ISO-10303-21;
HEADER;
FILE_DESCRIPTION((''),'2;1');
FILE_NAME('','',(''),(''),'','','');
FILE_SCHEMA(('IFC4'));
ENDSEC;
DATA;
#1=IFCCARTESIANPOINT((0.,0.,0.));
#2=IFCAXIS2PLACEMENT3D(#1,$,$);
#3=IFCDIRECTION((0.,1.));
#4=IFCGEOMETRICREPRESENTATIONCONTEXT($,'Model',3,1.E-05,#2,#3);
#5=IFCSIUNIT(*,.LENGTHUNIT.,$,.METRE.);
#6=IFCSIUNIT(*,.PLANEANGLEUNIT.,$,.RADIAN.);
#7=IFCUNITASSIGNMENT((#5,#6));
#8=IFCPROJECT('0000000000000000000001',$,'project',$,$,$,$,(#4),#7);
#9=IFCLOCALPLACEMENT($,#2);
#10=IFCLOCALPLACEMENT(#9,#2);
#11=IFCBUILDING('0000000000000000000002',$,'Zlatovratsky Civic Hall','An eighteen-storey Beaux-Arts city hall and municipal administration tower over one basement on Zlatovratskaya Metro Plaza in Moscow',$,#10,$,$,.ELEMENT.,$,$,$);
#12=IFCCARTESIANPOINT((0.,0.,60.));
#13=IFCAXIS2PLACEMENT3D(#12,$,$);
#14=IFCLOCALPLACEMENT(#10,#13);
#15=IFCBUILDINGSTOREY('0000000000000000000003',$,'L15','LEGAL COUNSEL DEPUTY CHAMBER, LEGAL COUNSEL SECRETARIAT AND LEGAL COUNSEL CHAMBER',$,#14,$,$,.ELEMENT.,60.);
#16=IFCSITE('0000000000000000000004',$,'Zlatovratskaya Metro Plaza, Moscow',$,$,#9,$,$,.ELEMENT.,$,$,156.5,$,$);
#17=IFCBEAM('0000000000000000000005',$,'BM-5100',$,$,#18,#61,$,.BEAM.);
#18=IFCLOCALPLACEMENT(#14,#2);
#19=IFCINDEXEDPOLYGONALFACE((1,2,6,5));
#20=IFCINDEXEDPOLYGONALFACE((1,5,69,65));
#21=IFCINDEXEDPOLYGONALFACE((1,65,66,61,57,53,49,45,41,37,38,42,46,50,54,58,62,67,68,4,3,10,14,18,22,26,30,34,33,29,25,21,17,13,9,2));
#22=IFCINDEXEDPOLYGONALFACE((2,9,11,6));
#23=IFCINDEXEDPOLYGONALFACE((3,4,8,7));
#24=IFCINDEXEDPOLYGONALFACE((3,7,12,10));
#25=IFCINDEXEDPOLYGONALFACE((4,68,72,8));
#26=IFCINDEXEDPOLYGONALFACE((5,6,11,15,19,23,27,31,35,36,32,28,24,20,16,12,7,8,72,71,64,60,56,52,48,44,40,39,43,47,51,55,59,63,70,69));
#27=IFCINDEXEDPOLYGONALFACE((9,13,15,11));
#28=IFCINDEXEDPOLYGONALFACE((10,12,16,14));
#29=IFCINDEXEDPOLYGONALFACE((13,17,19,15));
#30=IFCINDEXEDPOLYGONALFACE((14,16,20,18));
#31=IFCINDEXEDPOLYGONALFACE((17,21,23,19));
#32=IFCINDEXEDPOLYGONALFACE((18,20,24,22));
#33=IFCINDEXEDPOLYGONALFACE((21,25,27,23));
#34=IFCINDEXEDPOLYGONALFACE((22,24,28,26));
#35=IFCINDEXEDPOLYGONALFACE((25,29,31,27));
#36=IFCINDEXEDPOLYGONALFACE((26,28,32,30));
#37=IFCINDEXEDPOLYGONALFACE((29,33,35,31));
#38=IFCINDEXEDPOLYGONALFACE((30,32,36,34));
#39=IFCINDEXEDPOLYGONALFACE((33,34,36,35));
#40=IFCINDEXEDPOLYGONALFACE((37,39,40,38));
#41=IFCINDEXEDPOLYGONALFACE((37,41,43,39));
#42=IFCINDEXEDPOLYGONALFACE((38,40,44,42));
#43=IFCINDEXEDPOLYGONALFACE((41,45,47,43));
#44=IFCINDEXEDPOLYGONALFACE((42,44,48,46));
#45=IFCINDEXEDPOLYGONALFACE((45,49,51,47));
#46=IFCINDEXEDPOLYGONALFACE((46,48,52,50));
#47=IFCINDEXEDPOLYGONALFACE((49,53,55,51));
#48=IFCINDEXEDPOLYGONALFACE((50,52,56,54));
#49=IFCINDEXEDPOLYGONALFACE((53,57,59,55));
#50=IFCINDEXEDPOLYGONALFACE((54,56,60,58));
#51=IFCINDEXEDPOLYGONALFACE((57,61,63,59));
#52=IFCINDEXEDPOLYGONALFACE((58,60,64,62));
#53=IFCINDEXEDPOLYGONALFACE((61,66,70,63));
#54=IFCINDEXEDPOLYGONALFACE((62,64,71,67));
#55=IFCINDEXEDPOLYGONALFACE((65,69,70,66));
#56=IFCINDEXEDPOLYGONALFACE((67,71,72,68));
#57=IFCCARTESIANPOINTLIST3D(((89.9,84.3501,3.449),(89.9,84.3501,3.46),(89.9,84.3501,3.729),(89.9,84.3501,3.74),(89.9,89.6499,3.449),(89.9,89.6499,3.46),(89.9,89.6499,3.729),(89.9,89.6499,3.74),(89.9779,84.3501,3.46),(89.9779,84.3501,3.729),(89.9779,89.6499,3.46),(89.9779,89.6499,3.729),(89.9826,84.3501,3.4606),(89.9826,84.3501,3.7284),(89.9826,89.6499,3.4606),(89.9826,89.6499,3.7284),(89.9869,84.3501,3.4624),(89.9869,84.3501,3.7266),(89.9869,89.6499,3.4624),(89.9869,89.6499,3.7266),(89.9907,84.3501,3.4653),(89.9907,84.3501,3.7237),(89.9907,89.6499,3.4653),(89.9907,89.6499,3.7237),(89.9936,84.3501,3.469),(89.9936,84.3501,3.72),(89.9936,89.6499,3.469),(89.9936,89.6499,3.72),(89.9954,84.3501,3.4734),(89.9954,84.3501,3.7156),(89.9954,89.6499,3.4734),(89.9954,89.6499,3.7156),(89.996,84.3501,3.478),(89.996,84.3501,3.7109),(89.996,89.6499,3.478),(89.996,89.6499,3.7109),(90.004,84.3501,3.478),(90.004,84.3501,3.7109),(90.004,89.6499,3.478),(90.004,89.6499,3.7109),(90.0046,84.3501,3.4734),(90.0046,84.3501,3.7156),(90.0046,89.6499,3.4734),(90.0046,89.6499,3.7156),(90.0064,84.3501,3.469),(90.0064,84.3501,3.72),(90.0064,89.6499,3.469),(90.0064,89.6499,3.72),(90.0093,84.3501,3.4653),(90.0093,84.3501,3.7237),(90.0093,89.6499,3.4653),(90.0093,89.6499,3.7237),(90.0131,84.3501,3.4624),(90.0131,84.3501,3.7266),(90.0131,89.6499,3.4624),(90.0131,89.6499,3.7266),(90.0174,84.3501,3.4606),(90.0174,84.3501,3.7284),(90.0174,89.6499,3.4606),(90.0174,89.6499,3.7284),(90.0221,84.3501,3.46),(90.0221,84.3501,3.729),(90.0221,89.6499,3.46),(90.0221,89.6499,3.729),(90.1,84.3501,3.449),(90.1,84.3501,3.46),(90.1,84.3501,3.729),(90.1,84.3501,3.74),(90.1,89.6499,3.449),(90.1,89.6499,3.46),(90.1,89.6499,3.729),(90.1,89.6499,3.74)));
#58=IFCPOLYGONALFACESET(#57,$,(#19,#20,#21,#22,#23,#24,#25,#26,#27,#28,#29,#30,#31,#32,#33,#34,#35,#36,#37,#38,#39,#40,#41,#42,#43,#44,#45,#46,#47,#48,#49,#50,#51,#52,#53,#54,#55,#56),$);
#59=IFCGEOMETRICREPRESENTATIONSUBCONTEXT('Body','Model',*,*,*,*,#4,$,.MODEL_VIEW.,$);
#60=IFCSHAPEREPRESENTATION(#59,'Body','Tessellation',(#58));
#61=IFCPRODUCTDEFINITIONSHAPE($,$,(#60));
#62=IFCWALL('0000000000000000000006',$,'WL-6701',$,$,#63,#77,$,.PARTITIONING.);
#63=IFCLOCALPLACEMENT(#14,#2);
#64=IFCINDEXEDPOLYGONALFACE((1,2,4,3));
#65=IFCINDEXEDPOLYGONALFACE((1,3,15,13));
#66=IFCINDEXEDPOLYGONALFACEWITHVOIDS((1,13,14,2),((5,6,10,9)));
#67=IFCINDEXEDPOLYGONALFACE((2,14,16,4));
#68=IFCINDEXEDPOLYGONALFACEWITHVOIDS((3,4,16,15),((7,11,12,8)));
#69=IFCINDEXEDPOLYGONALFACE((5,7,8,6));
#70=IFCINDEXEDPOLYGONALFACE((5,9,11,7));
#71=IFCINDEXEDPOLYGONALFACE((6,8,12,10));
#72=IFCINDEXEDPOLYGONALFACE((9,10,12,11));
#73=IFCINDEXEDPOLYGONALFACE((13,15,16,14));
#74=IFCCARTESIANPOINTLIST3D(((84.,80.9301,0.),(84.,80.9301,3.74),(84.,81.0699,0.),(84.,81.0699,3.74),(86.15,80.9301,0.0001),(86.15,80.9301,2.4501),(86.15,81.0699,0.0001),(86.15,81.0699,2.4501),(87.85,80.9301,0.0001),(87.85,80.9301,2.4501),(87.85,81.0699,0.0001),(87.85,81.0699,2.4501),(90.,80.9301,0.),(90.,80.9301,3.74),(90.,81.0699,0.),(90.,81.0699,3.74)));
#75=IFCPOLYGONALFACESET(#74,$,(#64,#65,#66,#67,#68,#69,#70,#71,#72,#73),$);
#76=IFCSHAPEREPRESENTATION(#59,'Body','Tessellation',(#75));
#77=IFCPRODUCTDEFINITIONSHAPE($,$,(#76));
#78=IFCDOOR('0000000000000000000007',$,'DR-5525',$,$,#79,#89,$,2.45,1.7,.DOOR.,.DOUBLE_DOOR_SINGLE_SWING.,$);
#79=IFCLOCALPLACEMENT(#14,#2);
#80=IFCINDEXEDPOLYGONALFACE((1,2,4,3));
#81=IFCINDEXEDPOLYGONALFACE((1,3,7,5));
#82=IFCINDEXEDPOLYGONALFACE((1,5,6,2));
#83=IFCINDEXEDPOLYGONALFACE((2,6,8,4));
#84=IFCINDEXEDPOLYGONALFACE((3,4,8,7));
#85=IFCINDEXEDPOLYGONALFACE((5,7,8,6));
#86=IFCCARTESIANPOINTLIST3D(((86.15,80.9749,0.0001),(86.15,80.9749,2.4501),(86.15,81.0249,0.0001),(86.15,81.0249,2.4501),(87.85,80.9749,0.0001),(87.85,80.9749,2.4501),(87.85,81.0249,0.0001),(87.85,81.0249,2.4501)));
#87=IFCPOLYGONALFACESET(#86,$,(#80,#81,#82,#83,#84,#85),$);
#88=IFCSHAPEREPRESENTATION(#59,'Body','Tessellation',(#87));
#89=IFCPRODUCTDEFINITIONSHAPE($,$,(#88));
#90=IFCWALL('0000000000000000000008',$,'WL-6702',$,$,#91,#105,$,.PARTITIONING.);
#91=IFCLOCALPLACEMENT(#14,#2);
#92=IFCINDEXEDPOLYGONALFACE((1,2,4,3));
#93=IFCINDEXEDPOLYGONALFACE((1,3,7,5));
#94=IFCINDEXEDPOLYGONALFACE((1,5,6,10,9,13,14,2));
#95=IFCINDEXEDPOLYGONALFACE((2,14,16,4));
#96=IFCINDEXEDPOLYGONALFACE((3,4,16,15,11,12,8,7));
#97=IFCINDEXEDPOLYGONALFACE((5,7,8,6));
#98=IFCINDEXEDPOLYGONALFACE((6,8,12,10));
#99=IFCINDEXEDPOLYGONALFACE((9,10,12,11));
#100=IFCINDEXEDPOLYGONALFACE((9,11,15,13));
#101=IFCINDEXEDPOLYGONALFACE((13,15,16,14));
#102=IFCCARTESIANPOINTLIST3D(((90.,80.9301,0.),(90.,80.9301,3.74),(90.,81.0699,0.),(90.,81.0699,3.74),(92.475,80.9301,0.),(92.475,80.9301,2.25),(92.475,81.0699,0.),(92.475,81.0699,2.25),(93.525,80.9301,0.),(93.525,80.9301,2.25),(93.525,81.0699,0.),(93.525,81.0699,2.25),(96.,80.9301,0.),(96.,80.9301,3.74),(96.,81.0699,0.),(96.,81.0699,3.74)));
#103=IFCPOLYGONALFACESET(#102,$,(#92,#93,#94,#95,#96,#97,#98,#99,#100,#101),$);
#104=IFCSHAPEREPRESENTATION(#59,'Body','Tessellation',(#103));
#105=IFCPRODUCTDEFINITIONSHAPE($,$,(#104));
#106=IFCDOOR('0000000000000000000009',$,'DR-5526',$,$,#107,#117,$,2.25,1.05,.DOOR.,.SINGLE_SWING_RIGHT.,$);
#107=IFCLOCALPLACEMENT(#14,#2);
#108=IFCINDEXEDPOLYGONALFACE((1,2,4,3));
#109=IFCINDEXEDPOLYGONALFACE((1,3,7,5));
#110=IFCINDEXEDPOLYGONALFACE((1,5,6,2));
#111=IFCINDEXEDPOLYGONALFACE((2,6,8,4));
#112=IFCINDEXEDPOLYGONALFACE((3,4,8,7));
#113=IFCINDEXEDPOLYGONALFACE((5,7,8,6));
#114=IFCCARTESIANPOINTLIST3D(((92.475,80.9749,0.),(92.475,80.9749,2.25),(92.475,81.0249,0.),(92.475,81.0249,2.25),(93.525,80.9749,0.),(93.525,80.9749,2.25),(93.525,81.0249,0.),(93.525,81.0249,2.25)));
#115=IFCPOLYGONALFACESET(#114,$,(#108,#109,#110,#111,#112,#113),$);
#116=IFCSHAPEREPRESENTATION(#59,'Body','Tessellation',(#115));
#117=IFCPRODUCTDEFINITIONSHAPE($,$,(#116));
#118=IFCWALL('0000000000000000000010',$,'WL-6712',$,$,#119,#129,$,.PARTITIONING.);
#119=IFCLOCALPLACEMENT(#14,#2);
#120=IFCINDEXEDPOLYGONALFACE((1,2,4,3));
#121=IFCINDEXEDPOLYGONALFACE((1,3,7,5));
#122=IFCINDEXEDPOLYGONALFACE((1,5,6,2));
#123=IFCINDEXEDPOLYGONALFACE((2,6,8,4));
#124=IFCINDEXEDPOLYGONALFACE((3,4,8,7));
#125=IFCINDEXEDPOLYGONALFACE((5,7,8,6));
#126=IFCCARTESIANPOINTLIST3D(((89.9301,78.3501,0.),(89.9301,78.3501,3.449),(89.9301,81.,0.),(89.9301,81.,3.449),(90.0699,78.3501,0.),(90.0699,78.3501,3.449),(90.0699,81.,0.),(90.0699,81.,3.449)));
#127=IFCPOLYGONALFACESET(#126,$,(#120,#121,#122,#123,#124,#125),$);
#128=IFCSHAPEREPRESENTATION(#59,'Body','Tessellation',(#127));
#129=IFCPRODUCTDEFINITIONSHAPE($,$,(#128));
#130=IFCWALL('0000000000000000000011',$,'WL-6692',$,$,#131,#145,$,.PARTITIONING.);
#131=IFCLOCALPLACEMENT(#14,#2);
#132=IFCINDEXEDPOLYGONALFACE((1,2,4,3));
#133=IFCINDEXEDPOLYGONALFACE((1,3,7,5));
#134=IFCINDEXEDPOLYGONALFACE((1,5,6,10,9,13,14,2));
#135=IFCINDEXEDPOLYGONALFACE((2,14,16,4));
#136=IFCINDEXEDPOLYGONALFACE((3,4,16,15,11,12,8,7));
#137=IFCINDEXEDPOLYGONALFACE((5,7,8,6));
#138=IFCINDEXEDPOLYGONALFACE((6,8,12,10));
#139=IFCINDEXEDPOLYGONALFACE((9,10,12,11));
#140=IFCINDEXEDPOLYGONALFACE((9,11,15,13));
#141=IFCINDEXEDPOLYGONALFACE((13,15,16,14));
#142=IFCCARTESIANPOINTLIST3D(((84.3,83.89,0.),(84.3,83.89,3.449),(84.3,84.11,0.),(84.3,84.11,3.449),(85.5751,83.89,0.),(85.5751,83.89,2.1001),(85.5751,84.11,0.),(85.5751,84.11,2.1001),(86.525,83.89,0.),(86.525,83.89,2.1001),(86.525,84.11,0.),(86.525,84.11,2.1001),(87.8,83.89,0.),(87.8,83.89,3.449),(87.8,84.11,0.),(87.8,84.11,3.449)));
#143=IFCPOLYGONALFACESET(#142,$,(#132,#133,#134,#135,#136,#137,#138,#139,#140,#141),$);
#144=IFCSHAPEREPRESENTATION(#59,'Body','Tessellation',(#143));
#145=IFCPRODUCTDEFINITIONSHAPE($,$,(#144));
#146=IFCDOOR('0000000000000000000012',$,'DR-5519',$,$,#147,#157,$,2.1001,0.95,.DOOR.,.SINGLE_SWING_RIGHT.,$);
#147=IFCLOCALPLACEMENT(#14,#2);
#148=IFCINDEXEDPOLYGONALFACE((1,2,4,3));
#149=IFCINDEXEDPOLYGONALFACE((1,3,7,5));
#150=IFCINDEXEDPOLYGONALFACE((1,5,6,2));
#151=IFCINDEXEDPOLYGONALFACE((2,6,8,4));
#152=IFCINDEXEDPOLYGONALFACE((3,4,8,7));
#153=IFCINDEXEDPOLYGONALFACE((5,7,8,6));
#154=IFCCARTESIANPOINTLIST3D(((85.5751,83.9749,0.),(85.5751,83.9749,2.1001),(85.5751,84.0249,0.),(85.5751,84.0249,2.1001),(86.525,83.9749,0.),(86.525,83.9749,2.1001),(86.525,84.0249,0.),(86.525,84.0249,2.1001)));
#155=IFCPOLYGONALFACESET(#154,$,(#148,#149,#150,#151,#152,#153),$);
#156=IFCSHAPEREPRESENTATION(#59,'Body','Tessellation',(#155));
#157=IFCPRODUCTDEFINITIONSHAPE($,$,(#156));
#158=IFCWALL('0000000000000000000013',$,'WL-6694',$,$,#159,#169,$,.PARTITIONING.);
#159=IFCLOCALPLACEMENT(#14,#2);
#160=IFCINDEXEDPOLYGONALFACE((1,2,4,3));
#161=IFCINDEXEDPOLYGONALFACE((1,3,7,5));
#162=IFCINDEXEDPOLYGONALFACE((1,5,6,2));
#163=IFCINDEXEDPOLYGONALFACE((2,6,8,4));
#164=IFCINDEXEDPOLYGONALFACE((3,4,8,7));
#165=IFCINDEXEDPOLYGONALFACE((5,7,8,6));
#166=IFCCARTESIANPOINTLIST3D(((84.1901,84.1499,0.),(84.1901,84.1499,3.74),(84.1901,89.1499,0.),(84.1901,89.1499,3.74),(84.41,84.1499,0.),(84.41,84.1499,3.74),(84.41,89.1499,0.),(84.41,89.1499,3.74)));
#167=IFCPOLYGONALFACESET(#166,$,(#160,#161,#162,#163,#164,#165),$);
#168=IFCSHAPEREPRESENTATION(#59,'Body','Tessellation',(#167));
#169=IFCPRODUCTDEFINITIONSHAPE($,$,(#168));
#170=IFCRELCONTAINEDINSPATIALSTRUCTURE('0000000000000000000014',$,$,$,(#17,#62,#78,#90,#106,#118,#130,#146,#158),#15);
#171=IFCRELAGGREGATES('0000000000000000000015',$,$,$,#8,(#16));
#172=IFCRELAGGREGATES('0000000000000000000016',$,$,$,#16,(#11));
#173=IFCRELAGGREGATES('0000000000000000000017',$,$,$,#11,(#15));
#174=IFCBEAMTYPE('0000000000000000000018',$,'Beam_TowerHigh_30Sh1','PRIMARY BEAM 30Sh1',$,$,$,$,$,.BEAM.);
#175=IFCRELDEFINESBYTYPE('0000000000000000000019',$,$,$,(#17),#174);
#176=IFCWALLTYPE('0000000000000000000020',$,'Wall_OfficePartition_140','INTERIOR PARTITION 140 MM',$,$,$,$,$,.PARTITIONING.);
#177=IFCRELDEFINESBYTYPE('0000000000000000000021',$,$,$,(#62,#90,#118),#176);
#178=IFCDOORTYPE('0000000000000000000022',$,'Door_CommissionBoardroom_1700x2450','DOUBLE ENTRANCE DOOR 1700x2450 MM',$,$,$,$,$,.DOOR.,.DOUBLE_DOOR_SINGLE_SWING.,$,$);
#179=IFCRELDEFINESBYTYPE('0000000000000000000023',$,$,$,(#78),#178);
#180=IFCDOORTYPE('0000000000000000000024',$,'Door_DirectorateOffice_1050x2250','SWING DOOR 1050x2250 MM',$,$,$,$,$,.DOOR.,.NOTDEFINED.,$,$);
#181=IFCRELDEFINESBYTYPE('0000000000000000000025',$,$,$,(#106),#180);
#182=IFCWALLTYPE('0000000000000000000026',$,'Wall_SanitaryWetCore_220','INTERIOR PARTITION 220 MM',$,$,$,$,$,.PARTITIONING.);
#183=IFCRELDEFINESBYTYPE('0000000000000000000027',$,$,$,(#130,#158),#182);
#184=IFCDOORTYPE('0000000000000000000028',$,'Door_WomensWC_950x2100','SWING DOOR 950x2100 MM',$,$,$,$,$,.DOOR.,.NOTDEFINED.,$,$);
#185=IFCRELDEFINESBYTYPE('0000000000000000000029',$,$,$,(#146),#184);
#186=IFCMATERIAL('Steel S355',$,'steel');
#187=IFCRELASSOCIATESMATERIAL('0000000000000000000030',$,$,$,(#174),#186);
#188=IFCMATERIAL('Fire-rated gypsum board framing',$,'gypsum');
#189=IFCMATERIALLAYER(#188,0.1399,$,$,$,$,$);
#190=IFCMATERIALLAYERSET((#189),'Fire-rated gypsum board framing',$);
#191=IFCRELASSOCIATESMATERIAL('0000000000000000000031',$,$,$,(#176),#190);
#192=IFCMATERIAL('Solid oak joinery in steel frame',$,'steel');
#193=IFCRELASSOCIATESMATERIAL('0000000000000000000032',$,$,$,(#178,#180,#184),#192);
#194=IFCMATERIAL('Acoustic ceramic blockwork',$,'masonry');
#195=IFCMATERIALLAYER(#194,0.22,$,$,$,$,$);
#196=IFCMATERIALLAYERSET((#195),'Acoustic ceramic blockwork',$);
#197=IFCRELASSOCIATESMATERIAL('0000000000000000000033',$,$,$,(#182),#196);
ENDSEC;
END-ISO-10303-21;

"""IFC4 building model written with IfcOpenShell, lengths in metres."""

from ifc_helpers import new_model, si_unit, direction, frame, frame_2d, origin, origin_2d, place, context, subcontext, project, spatial, rectangle, i_section, extrude, material, layer, layer_set, material_profile, profile_set, type_object, element, fill, save


model = new_model("IFC4")

# Units and contexts
model_context = context("Model", 3, precision=1e-05, world=origin(), true_north=direction((0.0, 1.0)))
body_context = subcontext(model_context, "Body", "Model", "MODEL_VIEW")
ifc_project = project(units=[si_unit("LENGTHUNIT", "METRE"), si_unit("PLANEANGLEUNIT", "RADIAN")], contexts=[model_context])

# Site, building, storey
site_placement = place(None, origin())
site = spatial("IfcSite", under=ifc_project, at=site_placement, Name="Zlatovratskaya Metro Plaza, Moscow", CompositionType="ELEMENT", RefElevation=156.5)
building_placement = place(site_placement, origin())
building = spatial("IfcBuilding", under=site, at=building_placement, Name="Zlatovratsky Civic Hall", Description="An eighteen-storey Beaux-Arts city hall and municipal administration tower over one basement on Zlatovratskaya Metro Plaza in Moscow", CompositionType="ELEMENT")
storey_placement = place(building_placement, frame((0.0, 0.0, 60.0)))
storey = spatial("IfcBuildingStorey", under=building, at=storey_placement, Name="L15", Description="LEGAL COUNSEL DEPUTY CHAMBER, LEGAL COUNSEL SECRETARIAT AND LEGAL COUNSEL CHAMBER", CompositionType="ELEMENT", Elevation=60.0)

# Beam
ifc_material_1 = material(Name="Steel S355", Category="steel")
ifc_material_profile_1 = material_profile(ifc_material_1, i_section(OverallWidth=0.2, OverallDepth=0.291, WebThickness=0.0081, FlangeThickness=0.011, FilletRadius=0.0181, at=origin_2d()), Name="30Sh1")
ifc_profile_set_1 = profile_set([ifc_material_profile_1], Name="Steel S355")
beam_type_1 = type_object("IfcBeamType", Name="Beam_TowerHigh_30Sh1", Description="PRIMARY BEAM 30Sh1", PredefinedType="BEAM", material=ifc_profile_set_1)
for number, where, z_axis, x_axis, name in (
    (1, (90.0, 84.3501, 3.5945), (0.0, 1.0, 0.0), (-1.0, 0.0, 0.0), "BM-5100"),
):
    element("IfcBeam", number, at=place(storey_placement, frame(where, z_axis=z_axis, x_axis=x_axis)), inside=storey, type_object=beam_type_1, Name=name, PredefinedType="BEAM", context=body_context, shape_type="SweptSolid", body=[
        extrude(i_section(OverallWidth=0.2, OverallDepth=0.291, WebThickness=0.0081, FlangeThickness=0.011, FilletRadius=0.0181, at=origin_2d()), origin(), (0.0, 0.0, 1.0), 5.2998),
    ])

# Walls, openings, doors
ifc_material_2 = material(Name="Fire-rated gypsum board framing", Category="gypsum")
ifc_layer_1 = layer(ifc_material_2, 0.1399)
ifc_layer_set_1 = layer_set([ifc_layer_1], Name="Fire-rated gypsum board framing")
wall_type_1 = type_object("IfcWallType", Name="Wall_OfficePartition_140", Description="INTERIOR PARTITION 140 MM", PredefinedType="PARTITIONING", material=ifc_layer_set_1)
wall_1_placement = place(storey_placement, frame((84.0, 81.0, 0.0), z_axis=(0.0, 0.0, 1.0), x_axis=(1.0, 0.0, 0.0)))
wall_1 = element("IfcWall", 2, at=wall_1_placement, inside=storey, type_object=wall_type_1, Name="WL-6701", PredefinedType="PARTITIONING", context=body_context, shape_type="SweptSolid", body=[
    extrude(rectangle(XDim=6.0, YDim=0.1399, at=frame_2d((3.0, 0.0))), origin(), (0.0, 0.0, 1.0), 3.74),
])
opening_1_placement = place(wall_1_placement, frame((2.1499, 0.0, 0.0)))
opening_1 = element("IfcOpeningElement", 3, at=opening_1_placement, cuts=wall_1, PredefinedType="OPENING", context=body_context, shape_type="SweptSolid", body=[
    extrude(rectangle(XDim=1.7, YDim=2.45, at=frame_2d((0.8501, 1.2251))), frame((0.0, 0.085, 0.0), z_axis=(0.0, -1.0, 0.0), x_axis=(1.0, 0.0, 0.0)), (0.0, 0.0, 1.0), 0.1697),
])
ifc_material_3 = material(Name="Solid oak joinery in steel frame", Category="steel")
door_type_1 = type_object("IfcDoorType", Name="Door_CommissionBoardroom_1700x2450", Description="DOUBLE ENTRANCE DOOR 1700x2450 MM", OperationType="DOUBLE_DOOR_SINGLE_SWING", PredefinedType="DOOR", material=ifc_material_3)
door_1_placement = place(opening_1_placement, origin())
door_1 = element("IfcDoor", 4, at=door_1_placement, inside=storey, type_object=door_type_1, Name="DR-5525", OperationType="DOUBLE_DOOR_SINGLE_SWING", OverallHeight=2.45, OverallWidth=1.7, PredefinedType="DOOR", context=body_context, shape_type="SweptSolid", body=[
    extrude(rectangle(XDim=1.7, YDim=2.45, at=frame_2d((0.8501, 1.2251))), frame((0.0, 0.0249, 0.0), z_axis=(0.0, -1.0, 0.0), x_axis=(1.0, 0.0, 0.0)), (0.0, 0.0, 1.0), 0.05),
])
fill(opening_1, door_1)
wall_2_placement = place(storey_placement, frame((90.0, 81.0, 0.0), z_axis=(0.0, 0.0, 1.0), x_axis=(1.0, 0.0, 0.0)))
wall_2 = element("IfcWall", 5, at=wall_2_placement, inside=storey, type_object=wall_type_1, Name="WL-6702", PredefinedType="PARTITIONING", context=body_context, shape_type="SweptSolid", body=[
    extrude(rectangle(XDim=6.0, YDim=0.1399, at=frame_2d((3.0, 0.0))), origin(), (0.0, 0.0, 1.0), 3.74),
])
opening_2_placement = place(wall_2_placement, frame((2.4751, 0.0, 0.0)))
opening_2 = element("IfcOpeningElement", 6, at=opening_2_placement, cuts=wall_2, PredefinedType="OPENING", context=body_context, shape_type="SweptSolid", body=[
    extrude(rectangle(XDim=1.05, YDim=2.25, at=frame_2d((0.5249, 1.125))), frame((0.0, 0.085, 0.0), z_axis=(0.0, -1.0, 0.0), x_axis=(1.0, 0.0, 0.0)), (0.0, 0.0, 1.0), 0.1697),
])
door_type_2 = type_object("IfcDoorType", Name="Door_DirectorateOffice_1050x2250", Description="SWING DOOR 1050x2250 MM", OperationType="NOTDEFINED", PredefinedType="DOOR", material=ifc_material_3)
door_2_placement = place(opening_2_placement, origin())
door_2 = element("IfcDoor", 7, at=door_2_placement, inside=storey, type_object=door_type_2, Name="DR-5526", OperationType="SINGLE_SWING_RIGHT", OverallHeight=2.25, OverallWidth=1.05, PredefinedType="DOOR", context=body_context, shape_type="SweptSolid", body=[
    extrude(rectangle(XDim=1.05, YDim=2.25, at=frame_2d((0.5249, 1.125))), frame((0.0, 0.0249, 0.0), z_axis=(0.0, -1.0, 0.0), x_axis=(1.0, 0.0, 0.0)), (0.0, 0.0, 1.0), 0.05),
])
fill(opening_2, door_2)

# Wall
wall_3_placement = place(storey_placement, frame((90.0, 78.3501, 0.0), z_axis=(0.0, 0.0, 1.0), x_axis=(0.0, 1.0, 0.0)))
element("IfcWall", 8, at=wall_3_placement, inside=storey, type_object=wall_type_1, Name="WL-6712", PredefinedType="PARTITIONING", context=body_context, shape_type="SweptSolid", body=[
    extrude(rectangle(XDim=2.6499, YDim=0.1399, at=frame_2d((1.325, 0.0))), origin(), (0.0, 0.0, 1.0), 3.449),
])

# Wall, opening, door
ifc_material_4 = material(Name="Acoustic ceramic blockwork", Category="masonry")
ifc_layer_2 = layer(ifc_material_4, 0.22)
ifc_layer_set_2 = layer_set([ifc_layer_2], Name="Acoustic ceramic blockwork")
wall_type_2 = type_object("IfcWallType", Name="Wall_SanitaryWetCore_220", Description="INTERIOR PARTITION 220 MM", PredefinedType="PARTITIONING", material=ifc_layer_set_2)
wall_4_placement = place(storey_placement, frame((84.3, 84.0, 0.0), z_axis=(0.0, 0.0, 1.0), x_axis=(1.0, 0.0, 0.0)))
wall_4 = element("IfcWall", 9, at=wall_4_placement, inside=storey, type_object=wall_type_2, Name="WL-6692", PredefinedType="PARTITIONING", context=body_context, shape_type="SweptSolid", body=[
    extrude(rectangle(XDim=3.5, YDim=0.22, at=frame_2d((1.75, 0.0))), origin(), (0.0, 0.0, 1.0), 3.449),
])
opening_3_placement = place(wall_4_placement, frame((1.2749, 0.0, 0.0)))
opening_3 = element("IfcOpeningElement", 10, at=opening_3_placement, cuts=wall_4, PredefinedType="OPENING", context=body_context, shape_type="SweptSolid", body=[
    extrude(rectangle(XDim=0.95, YDim=2.1001, at=frame_2d((0.4751, 1.05))), frame((0.0, 0.125, 0.0), z_axis=(0.0, -1.0, 0.0), x_axis=(1.0, 0.0, 0.0)), (0.0, 0.0, 1.0), 0.2498),
])
door_type_3 = type_object("IfcDoorType", Name="Door_WomensWC_950x2100", Description="SWING DOOR 950x2100 MM", OperationType="NOTDEFINED", PredefinedType="DOOR", material=ifc_material_3)
door_3_placement = place(opening_3_placement, origin())
door_3 = element("IfcDoor", 11, at=door_3_placement, inside=storey, type_object=door_type_3, Name="DR-5519", OperationType="SINGLE_SWING_RIGHT", OverallHeight=2.1001, OverallWidth=0.95, PredefinedType="DOOR", context=body_context, shape_type="SweptSolid", body=[
    extrude(rectangle(XDim=0.95, YDim=2.1001, at=frame_2d((0.4751, 1.05))), frame((0.0, 0.0249, 0.0), z_axis=(0.0, -1.0, 0.0), x_axis=(1.0, 0.0, 0.0)), (0.0, 0.0, 1.0), 0.05),
])
fill(opening_3, door_3)

# Wall
for number, where, z_axis, x_axis, name in (
    (12, (84.3, 84.1499, 0.0), (0.0, 0.0, 1.0), (0.0, 1.0, 0.0), "WL-6694"),
):
    element("IfcWall", number, at=place(storey_placement, frame(where, z_axis=z_axis, x_axis=x_axis)), inside=storey, type_object=wall_type_2, Name=name, PredefinedType="PARTITIONING", context=body_context, shape_type="SweptSolid", body=[
        extrude(rectangle(XDim=5.0, YDim=0.22, at=frame_2d((2.5, 0.0))), origin(), (0.0, 0.0, 1.0), 3.74),
    ])

save(model, "model.ifc")
